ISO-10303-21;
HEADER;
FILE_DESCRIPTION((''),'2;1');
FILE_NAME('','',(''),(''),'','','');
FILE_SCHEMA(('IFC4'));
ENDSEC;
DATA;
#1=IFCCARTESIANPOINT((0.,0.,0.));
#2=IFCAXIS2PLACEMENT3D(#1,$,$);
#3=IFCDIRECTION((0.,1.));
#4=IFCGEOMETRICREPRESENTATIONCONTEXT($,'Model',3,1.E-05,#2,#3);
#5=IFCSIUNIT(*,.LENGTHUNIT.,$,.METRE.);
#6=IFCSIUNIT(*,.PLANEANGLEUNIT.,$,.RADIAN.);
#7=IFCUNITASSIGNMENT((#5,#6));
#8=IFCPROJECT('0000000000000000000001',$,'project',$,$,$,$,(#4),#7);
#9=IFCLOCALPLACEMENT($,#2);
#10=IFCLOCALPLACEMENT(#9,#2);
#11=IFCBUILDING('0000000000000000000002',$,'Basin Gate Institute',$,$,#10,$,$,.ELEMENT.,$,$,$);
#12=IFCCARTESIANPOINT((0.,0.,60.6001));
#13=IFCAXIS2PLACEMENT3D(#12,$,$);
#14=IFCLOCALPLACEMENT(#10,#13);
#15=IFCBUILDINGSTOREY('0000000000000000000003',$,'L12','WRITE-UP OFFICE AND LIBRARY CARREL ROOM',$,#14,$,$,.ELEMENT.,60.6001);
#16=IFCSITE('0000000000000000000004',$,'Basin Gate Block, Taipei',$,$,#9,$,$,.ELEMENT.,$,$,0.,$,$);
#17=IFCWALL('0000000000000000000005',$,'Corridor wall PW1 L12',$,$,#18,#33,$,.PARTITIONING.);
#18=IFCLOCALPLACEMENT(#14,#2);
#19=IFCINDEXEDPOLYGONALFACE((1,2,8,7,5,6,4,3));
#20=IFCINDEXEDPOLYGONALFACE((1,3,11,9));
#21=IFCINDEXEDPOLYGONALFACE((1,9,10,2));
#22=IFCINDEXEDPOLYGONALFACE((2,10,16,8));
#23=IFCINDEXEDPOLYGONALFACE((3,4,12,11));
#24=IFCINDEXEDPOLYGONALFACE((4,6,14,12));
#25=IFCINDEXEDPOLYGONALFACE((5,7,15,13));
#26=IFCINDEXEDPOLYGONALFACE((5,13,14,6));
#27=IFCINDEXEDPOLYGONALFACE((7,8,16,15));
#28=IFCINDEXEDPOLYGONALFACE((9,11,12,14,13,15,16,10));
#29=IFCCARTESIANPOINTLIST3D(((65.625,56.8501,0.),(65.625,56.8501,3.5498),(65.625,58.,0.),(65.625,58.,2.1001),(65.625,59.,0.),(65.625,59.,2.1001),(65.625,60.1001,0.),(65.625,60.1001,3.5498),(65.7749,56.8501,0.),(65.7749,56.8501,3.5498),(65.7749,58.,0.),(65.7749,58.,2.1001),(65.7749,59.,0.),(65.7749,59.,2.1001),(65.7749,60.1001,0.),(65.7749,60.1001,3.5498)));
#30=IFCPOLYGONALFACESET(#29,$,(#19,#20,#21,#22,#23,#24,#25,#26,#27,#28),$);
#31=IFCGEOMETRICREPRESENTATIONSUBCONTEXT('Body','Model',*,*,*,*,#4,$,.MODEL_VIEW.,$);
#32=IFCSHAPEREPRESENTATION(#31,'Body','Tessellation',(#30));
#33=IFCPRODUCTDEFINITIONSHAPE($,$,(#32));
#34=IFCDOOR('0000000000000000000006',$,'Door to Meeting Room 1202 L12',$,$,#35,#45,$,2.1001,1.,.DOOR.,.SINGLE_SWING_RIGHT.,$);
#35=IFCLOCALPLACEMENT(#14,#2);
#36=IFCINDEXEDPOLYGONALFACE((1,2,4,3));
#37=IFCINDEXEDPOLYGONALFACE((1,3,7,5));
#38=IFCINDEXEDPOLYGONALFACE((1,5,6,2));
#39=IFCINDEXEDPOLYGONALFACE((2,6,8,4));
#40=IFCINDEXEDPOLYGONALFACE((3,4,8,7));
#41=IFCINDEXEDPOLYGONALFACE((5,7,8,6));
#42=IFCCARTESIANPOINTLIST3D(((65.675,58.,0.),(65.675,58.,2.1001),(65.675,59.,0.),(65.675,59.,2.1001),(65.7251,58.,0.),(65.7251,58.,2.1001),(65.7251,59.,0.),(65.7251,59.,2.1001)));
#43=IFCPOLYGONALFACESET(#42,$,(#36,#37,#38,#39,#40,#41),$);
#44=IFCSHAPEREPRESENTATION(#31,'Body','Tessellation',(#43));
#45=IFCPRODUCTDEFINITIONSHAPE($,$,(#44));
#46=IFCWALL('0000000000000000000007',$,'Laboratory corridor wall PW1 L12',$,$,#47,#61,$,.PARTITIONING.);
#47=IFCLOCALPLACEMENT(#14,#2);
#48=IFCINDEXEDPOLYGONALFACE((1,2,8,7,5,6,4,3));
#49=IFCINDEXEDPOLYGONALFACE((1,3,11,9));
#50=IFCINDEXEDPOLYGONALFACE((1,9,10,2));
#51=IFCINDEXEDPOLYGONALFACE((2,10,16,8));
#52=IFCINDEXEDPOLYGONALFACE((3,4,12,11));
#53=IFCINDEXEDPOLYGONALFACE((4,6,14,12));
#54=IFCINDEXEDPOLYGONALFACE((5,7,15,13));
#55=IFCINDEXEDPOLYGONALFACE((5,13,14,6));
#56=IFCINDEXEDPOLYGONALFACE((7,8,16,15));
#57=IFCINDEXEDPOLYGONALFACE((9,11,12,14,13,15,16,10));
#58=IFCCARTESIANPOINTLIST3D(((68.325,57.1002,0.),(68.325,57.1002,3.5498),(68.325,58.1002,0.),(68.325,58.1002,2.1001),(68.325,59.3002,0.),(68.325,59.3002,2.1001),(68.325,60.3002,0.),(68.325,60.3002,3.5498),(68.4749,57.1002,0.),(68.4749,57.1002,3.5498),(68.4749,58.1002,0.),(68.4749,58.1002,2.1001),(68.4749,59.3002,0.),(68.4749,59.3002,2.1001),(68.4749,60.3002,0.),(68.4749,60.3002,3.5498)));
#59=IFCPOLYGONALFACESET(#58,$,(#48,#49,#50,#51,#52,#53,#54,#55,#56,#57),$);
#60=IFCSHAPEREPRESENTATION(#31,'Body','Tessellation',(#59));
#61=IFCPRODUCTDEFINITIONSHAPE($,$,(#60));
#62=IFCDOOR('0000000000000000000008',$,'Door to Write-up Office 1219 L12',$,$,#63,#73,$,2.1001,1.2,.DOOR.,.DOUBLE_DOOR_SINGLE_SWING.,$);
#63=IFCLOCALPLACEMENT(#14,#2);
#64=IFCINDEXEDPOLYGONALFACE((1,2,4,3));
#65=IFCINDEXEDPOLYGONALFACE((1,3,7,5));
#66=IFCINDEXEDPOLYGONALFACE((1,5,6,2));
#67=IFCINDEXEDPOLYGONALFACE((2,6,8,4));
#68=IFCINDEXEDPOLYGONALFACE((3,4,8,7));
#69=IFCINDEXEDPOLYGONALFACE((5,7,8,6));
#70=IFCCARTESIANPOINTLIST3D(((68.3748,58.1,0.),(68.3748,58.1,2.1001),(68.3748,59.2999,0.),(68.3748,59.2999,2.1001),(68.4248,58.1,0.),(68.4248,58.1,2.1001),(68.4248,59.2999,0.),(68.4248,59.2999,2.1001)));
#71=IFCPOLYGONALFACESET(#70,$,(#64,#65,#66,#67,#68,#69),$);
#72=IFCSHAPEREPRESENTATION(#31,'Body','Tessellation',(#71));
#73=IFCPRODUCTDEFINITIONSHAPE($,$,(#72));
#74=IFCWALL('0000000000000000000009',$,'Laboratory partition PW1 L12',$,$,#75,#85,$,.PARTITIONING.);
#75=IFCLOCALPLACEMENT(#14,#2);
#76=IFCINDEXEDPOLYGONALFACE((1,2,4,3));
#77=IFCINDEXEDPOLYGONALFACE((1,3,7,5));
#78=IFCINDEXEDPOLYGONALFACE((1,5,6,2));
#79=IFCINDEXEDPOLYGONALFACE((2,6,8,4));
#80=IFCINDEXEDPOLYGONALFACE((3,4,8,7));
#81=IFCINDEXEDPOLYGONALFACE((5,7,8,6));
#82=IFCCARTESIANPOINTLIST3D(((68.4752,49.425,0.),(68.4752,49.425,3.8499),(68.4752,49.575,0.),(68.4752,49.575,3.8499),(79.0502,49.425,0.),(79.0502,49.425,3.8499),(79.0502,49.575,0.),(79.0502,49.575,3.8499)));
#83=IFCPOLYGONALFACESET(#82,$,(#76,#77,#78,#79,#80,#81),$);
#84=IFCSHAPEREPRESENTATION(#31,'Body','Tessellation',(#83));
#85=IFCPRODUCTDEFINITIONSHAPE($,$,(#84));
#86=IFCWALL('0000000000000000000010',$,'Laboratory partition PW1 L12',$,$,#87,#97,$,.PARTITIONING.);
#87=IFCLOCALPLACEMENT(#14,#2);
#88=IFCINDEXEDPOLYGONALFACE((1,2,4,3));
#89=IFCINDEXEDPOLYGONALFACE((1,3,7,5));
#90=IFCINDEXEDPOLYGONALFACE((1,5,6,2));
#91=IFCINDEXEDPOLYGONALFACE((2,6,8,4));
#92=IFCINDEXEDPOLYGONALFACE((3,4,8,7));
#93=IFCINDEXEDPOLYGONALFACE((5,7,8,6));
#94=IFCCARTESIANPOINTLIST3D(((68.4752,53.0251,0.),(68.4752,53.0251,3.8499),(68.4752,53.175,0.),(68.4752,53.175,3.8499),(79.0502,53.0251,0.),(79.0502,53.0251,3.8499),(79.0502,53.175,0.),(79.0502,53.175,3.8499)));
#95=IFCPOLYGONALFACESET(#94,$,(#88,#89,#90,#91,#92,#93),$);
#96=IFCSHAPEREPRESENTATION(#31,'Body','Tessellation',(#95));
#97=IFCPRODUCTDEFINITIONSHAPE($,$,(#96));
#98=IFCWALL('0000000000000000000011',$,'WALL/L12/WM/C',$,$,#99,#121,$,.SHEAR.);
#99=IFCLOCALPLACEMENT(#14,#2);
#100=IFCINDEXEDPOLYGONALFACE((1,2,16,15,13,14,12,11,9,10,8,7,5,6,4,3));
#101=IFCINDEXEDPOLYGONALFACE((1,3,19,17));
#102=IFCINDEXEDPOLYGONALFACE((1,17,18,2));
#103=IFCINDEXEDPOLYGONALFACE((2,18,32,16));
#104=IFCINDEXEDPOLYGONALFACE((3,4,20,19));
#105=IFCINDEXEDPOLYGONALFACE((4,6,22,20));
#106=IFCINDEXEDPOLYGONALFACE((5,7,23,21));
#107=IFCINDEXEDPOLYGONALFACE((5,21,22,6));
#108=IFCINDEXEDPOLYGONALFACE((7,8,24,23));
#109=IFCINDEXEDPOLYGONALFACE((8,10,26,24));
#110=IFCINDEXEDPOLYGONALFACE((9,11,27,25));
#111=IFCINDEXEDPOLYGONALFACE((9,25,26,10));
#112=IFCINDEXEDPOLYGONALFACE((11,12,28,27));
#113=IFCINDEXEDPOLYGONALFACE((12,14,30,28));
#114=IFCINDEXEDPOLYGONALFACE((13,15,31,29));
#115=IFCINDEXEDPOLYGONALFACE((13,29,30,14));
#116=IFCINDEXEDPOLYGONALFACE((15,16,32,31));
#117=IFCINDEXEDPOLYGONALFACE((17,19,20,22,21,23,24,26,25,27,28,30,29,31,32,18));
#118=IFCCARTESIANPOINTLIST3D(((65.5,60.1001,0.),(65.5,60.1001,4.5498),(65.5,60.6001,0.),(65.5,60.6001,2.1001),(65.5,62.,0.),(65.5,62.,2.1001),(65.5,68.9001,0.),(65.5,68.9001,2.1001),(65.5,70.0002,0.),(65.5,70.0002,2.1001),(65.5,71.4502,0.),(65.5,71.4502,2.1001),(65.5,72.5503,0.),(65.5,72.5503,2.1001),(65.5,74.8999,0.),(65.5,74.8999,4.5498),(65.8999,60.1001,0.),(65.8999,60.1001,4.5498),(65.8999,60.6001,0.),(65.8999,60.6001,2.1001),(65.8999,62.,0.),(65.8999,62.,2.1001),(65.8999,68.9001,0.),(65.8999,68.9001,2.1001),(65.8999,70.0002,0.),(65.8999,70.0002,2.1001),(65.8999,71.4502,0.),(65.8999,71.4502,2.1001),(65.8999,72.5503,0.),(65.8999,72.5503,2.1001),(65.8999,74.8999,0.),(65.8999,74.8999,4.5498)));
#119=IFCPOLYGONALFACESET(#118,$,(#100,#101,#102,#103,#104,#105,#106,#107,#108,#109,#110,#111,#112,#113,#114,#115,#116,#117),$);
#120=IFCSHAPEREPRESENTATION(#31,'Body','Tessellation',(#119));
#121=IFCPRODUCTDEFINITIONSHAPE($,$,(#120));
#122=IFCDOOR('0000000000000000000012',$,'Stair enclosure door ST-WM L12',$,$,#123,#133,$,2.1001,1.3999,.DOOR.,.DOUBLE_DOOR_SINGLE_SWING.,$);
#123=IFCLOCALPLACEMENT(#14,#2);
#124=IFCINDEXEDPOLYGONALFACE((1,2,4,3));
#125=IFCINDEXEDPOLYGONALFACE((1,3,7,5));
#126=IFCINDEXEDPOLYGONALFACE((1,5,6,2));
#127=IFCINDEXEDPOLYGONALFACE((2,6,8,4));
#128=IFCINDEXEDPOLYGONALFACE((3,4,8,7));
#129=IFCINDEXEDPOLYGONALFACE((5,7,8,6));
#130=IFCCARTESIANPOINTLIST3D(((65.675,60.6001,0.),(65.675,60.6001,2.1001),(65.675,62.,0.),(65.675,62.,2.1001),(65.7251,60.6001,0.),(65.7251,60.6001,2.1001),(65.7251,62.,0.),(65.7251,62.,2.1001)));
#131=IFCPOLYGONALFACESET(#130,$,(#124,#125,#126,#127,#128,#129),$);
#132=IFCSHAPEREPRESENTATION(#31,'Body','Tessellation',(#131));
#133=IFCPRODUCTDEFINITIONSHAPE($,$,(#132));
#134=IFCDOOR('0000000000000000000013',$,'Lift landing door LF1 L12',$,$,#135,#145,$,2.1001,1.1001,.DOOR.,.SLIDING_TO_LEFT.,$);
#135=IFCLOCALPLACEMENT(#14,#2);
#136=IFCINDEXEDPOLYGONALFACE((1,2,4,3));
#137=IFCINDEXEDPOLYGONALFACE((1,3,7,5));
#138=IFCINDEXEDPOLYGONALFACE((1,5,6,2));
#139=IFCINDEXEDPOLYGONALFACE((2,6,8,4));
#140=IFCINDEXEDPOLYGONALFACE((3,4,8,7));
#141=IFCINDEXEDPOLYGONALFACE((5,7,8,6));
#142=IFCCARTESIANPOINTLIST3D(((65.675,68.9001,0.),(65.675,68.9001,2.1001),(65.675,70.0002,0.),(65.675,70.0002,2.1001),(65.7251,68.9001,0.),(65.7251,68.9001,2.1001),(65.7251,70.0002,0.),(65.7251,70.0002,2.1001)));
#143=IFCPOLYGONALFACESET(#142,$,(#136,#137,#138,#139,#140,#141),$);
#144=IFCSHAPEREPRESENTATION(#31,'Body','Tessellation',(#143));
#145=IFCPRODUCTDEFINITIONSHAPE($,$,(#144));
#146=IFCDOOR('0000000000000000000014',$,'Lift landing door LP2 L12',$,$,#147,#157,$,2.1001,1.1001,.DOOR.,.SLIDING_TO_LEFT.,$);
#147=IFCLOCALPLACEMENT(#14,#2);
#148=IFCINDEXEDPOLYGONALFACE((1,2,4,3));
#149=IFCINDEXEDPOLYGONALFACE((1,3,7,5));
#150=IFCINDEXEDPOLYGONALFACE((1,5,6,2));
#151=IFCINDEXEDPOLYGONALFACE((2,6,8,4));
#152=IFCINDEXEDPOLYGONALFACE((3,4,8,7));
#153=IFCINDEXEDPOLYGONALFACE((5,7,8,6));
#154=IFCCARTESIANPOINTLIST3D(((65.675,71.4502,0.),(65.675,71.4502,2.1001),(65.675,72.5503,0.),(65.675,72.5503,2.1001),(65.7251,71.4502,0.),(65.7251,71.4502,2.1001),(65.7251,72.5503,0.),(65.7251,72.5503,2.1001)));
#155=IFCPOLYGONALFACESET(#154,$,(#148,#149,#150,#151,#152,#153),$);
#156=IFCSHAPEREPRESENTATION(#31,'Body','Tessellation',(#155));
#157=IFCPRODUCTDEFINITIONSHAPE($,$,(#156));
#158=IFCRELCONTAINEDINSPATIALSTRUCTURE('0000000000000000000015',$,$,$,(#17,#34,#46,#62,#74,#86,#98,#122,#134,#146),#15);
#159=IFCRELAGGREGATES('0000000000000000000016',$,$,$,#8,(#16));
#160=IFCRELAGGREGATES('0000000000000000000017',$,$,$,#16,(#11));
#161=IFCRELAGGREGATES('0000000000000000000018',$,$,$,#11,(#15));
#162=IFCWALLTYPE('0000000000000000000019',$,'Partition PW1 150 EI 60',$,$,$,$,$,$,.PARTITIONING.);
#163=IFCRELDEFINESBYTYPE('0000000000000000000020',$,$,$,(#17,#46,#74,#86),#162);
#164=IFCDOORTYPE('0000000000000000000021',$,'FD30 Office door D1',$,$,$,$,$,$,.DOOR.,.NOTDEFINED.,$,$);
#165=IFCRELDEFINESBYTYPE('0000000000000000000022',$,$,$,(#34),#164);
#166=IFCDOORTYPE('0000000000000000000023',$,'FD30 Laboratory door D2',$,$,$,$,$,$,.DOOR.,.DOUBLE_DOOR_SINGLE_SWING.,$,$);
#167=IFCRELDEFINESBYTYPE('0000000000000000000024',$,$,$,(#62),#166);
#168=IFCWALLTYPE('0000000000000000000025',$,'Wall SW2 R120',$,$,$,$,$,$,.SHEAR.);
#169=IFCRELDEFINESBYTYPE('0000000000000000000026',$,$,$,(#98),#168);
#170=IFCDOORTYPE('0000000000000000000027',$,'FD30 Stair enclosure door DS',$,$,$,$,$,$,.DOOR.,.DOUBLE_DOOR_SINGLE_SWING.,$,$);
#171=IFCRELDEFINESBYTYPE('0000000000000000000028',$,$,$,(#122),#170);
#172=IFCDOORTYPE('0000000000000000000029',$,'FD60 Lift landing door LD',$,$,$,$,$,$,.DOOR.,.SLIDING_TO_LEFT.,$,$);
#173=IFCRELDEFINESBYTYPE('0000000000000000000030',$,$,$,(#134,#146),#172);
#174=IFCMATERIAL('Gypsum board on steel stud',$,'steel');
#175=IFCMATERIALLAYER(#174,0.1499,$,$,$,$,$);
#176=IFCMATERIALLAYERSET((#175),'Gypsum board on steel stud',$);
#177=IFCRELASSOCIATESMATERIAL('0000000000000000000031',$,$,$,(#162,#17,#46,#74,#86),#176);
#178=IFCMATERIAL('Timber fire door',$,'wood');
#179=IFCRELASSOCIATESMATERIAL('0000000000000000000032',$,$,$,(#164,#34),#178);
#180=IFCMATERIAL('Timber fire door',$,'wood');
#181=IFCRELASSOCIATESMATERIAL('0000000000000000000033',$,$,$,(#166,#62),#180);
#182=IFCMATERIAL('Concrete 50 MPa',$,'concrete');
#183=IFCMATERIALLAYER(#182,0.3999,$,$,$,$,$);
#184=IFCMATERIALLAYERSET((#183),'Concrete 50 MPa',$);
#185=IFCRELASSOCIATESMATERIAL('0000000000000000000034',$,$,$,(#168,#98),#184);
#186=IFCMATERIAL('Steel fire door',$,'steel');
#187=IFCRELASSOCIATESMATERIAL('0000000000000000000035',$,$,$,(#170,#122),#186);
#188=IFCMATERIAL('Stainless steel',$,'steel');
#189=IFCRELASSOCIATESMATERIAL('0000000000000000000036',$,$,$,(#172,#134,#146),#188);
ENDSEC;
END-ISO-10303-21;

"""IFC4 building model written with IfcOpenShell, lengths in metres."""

from ifc_helpers import new_model, si_unit, direction, frame, frame_2d, origin, place, context, subcontext, project, spatial, rectangle, extrude, material, layer, layer_set, type_object, element, fill, save


model = new_model("IFC4")

# Units and contexts
model_context = context("Model", 3, precision=1e-05, world=origin(), true_north=direction((0.0, 1.0)))
body_context = subcontext(model_context, "Body", "Model", "MODEL_VIEW")
ifc_project = project(units=[si_unit("LENGTHUNIT", "METRE"), si_unit("PLANEANGLEUNIT", "RADIAN")], contexts=[model_context])

# Site, building, storey
site_placement = place(None, origin())
site = spatial("IfcSite", under=ifc_project, at=site_placement, Name="Basin Gate Block, Taipei", CompositionType="ELEMENT", RefElevation=0.0)
building_placement = place(site_placement, origin())
building = spatial("IfcBuilding", under=site, at=building_placement, Name="Basin Gate Institute", CompositionType="ELEMENT")
storey_placement = place(building_placement, frame((0.0, 0.0, 60.6001)))
storey = spatial("IfcBuildingStorey", under=building, at=storey_placement, Name="L12", Description="WRITE-UP OFFICE AND LIBRARY CARREL ROOM", CompositionType="ELEMENT", Elevation=60.6001)

# Walls, openings, doors
ifc_material_1 = material(Name="Gypsum board on steel stud", Category="steel")
ifc_layer_1 = layer(ifc_material_1, 0.1499)
ifc_layer_set_1 = layer_set([ifc_layer_1], Name="Gypsum board on steel stud")
wall_type_1 = type_object("IfcWallType", Name="Partition PW1 150 EI 60", PredefinedType="PARTITIONING", material=ifc_layer_set_1)
wall_1_placement = place(storey_placement, frame((65.7, 56.8501, 0.0), z_axis=(0.0, 0.0, 1.0), x_axis=(0.0, 1.0, 0.0)))
wall_1 = element("IfcWall", 1, at=wall_1_placement, inside=storey, type_object=wall_type_1, material=ifc_layer_set_1, Name="Corridor wall PW1 L12", PredefinedType="PARTITIONING", context=body_context, shape_type="SweptSolid", body=[
    extrude(rectangle(XDim=3.25, YDim=0.1499, at=frame_2d((1.625, 0.0))), origin(), (0.0, 0.0, 1.0), 3.5498),
])
opening_1_placement = place(wall_1_placement, frame((1.1499, 0.0, 0.0)))
opening_1 = element("IfcOpeningElement", 2, at=opening_1_placement, cuts=wall_1, PredefinedType="OPENING", context=body_context, shape_type="SweptSolid", body=[
    extrude(rectangle(XDim=1.0, YDim=2.1001, at=frame_2d((0.5, 1.05))), frame((0.0, 0.085, 0.0), z_axis=(0.0, -1.0, 0.0), x_axis=(1.0, 0.0, 0.0)), (0.0, 0.0, 1.0), 0.1699),
])
ifc_material_2 = material(Name="Timber fire door", Category="wood")
door_type_1 = type_object("IfcDoorType", Name="FD30 Office door D1", OperationType="NOTDEFINED", PredefinedType="DOOR", material=ifc_material_2)
door_1_placement = place(opening_1_placement, origin())
door_1 = element("IfcDoor", 3, at=door_1_placement, inside=storey, type_object=door_type_1, material=ifc_material_2, Name="Door to Meeting Room 1202 L12", OperationType="SINGLE_SWING_RIGHT", OverallHeight=2.1001, OverallWidth=1.0, PredefinedType="DOOR", context=body_context, shape_type="SweptSolid", body=[
    extrude(rectangle(XDim=1.0, YDim=2.1001, at=frame_2d((0.5, 1.05))), frame((0.0, 0.0249, 0.0), z_axis=(0.0, -1.0, 0.0), x_axis=(1.0, 0.0, 0.0)), (0.0, 0.0, 1.0), 0.05),
])
fill(opening_1, door_1)
wall_2_placement = place(storey_placement, frame((68.3999, 57.1001, 0.0), z_axis=(0.0, 0.0, 1.0), x_axis=(0.0, 1.0, 0.0)))
wall_2 = element("IfcWall", 4, at=wall_2_placement, inside=storey, type_object=wall_type_1, material=ifc_layer_set_1, Name="Laboratory corridor wall PW1 L12", PredefinedType="PARTITIONING", context=body_context, shape_type="SweptSolid", body=[
    extrude(rectangle(XDim=3.2, YDim=0.1499, at=frame_2d((1.6001, 0.0))), origin(), (0.0, 0.0, 1.0), 3.5498),
])
opening_2_placement = place(wall_2_placement, frame((1.0, 0.0, 0.0)))
opening_2 = element("IfcOpeningElement", 5, at=opening_2_placement, cuts=wall_2, PredefinedType="OPENING", context=body_context, shape_type="SweptSolid", body=[
    extrude(rectangle(XDim=1.2, YDim=2.1001, at=frame_2d((0.6001, 1.05))), frame((0.0, 0.085, 0.0), z_axis=(0.0, -1.0, 0.0), x_axis=(1.0, 0.0, 0.0)), (0.0, 0.0, 1.0), 0.1699),
])
ifc_material_3 = material(Name="Timber fire door", Category="wood")
door_type_2 = type_object("IfcDoorType", Name="FD30 Laboratory door D2", OperationType="DOUBLE_DOOR_SINGLE_SWING", PredefinedType="DOOR", material=ifc_material_3)
door_2_placement = place(opening_2_placement, frame((1.2, 0.0, 0.0), z_axis=(0.0, 0.0, 1.0), x_axis=(-1.0, 0.0, 0.0)))
door_2 = element("IfcDoor", 6, at=door_2_placement, inside=storey, type_object=door_type_2, material=ifc_material_3, Name="Door to Write-up Office 1219 L12", OperationType="DOUBLE_DOOR_SINGLE_SWING", OverallHeight=2.1001, OverallWidth=1.2, PredefinedType="DOOR", context=body_context, shape_type="SweptSolid", body=[
    extrude(rectangle(XDim=1.2, YDim=2.1001, at=frame_2d((0.6001, 1.05))), frame((0.0, 0.0249, 0.0), z_axis=(0.0, -1.0, 0.0), x_axis=(1.0, 0.0, 0.0)), (0.0, 0.0, 1.0), 0.05),
])
fill(opening_2, door_2)

# Walls
for number, where, z_axis, x_axis, name in (
    (7, (68.4751, 49.5, 0.0), (0.0, 0.0, 1.0), (1.0, 0.0, 0.0), "Laboratory partition PW1 L12"),
    (8, (68.4751, 53.1001, 0.0), (0.0, 0.0, 1.0), (1.0, 0.0, 0.0), "Laboratory partition PW1 L12"),
):
    element("IfcWall", number, at=place(storey_placement, frame(where, z_axis=z_axis, x_axis=x_axis)), inside=storey, type_object=wall_type_1, material=ifc_layer_set_1, Name=name, PredefinedType="PARTITIONING", context=body_context, shape_type="SweptSolid", body=[
        extrude(rectangle(XDim=10.575, YDim=0.1499, at=frame_2d((5.2876, 0.0))), origin(), (0.0, 0.0, 1.0), 3.8499),
    ])

# Wall, openings, doors
ifc_material_4 = material(Name="Concrete 50 MPa", Category="concrete")
ifc_layer_2 = layer(ifc_material_4, 0.3999)
ifc_layer_set_2 = layer_set([ifc_layer_2], Name="Concrete 50 MPa")
wall_type_2 = type_object("IfcWallType", Name="Wall SW2 R120", PredefinedType="SHEAR", material=ifc_layer_set_2)
wall_3_placement = place(storey_placement, frame((65.7, 60.1001, 0.0), z_axis=(0.0, 0.0, 1.0), x_axis=(0.0, 1.0, 0.0)))
wall_3 = element("IfcWall", 9, at=wall_3_placement, inside=storey, type_object=wall_type_2, material=ifc_layer_set_2, Name="WALL/L12/WM/C", PredefinedType="SHEAR", context=body_context, shape_type="SweptSolid", body=[
    extrude(rectangle(XDim=14.7998, YDim=0.3999, at=frame_2d((7.3999, 0.0))), origin(), (0.0, 0.0, 1.0), 4.5498),
])
opening_3_placement = place(wall_3_placement, frame((0.5, 0.0, 0.0)))
opening_3 = element("IfcOpeningElement", 10, at=opening_3_placement, cuts=wall_3, PredefinedType="OPENING", context=body_context, shape_type="SweptSolid", body=[
    extrude(rectangle(XDim=1.3999, YDim=2.1001, at=frame_2d((0.7, 1.05))), frame((0.0, 0.21, 0.0), z_axis=(0.0, -1.0, 0.0), x_axis=(1.0, 0.0, 0.0)), (0.0, 0.0, 1.0), 0.4199),
])
opening_4_placement = place(wall_3_placement, frame((8.8, 0.0, 0.0)))
opening_4 = element("IfcOpeningElement", 11, at=opening_4_placement, cuts=wall_3, PredefinedType="OPENING", context=body_context, shape_type="SweptSolid", body=[
    extrude(rectangle(XDim=1.1001, YDim=2.1001, at=frame_2d((0.55, 1.05))), frame((0.0, 0.21, 0.0), z_axis=(0.0, -1.0, 0.0), x_axis=(1.0, 0.0, 0.0)), (0.0, 0.0, 1.0), 0.4199),
])
opening_5_placement = place(wall_3_placement, frame((11.3501, 0.0, 0.0)))
opening_5 = element("IfcOpeningElement", 12, at=opening_5_placement, cuts=wall_3, PredefinedType="OPENING", context=body_context, shape_type="SweptSolid", body=[
    extrude(rectangle(XDim=1.1001, YDim=2.1001, at=frame_2d((0.55, 1.05))), frame((0.0, 0.21, 0.0), z_axis=(0.0, -1.0, 0.0), x_axis=(1.0, 0.0, 0.0)), (0.0, 0.0, 1.0), 0.4199),
])
ifc_material_5 = material(Name="Steel fire door", Category="steel")
door_type_3 = type_object("IfcDoorType", Name="FD30 Stair enclosure door DS", OperationType="DOUBLE_DOOR_SINGLE_SWING", PredefinedType="DOOR", material=ifc_material_5)
door_3_placement = place(opening_3_placement, origin())
door_3 = element("IfcDoor", 13, at=door_3_placement, inside=storey, type_object=door_type_3, material=ifc_material_5, Name="Stair enclosure door ST-WM L12", OperationType="DOUBLE_DOOR_SINGLE_SWING", OverallHeight=2.1001, OverallWidth=1.3999, PredefinedType="DOOR", context=body_context, shape_type="SweptSolid", body=[
    extrude(rectangle(XDim=1.3999, YDim=2.1001, at=frame_2d((0.7, 1.05))), frame((0.0, 0.0249, 0.0), z_axis=(0.0, -1.0, 0.0), x_axis=(1.0, 0.0, 0.0)), (0.0, 0.0, 1.0), 0.05),
])
fill(opening_3, door_3)
ifc_material_6 = material(Name="Stainless steel", Category="steel")
door_type_4 = type_object("IfcDoorType", Name="FD60 Lift landing door LD", OperationType="SLIDING_TO_LEFT", PredefinedType="DOOR", material=ifc_material_6)
door_4_placement = place(opening_4_placement, origin())
door_4 = element("IfcDoor", 14, at=door_4_placement, inside=storey, type_object=door_type_4, material=ifc_material_6, Name="Lift landing door LF1 L12", OperationType="SLIDING_TO_LEFT", OverallHeight=2.1001, OverallWidth=1.1001, PredefinedType="DOOR", context=body_context, shape_type="SweptSolid", body=[
    extrude(rectangle(XDim=1.1001, YDim=2.1001, at=frame_2d((0.55, 1.05))), frame((0.0, 0.0249, 0.0), z_axis=(0.0, -1.0, 0.0), x_axis=(1.0, 0.0, 0.0)), (0.0, 0.0, 1.0), 0.05),
])
fill(opening_4, door_4)
door_5_placement = place(opening_5_placement, origin())
door_5 = element("IfcDoor", 15, at=door_5_placement, inside=storey, type_object=door_type_4, material=ifc_material_6, Name="Lift landing door LP2 L12", OperationType="SLIDING_TO_LEFT", OverallHeight=2.1001, OverallWidth=1.1001, PredefinedType="DOOR", context=body_context, shape_type="SweptSolid", body=[
    extrude(rectangle(XDim=1.1001, YDim=2.1001, at=frame_2d((0.55, 1.05))), frame((0.0, 0.0249, 0.0), z_axis=(0.0, -1.0, 0.0), x_axis=(1.0, 0.0, 0.0)), (0.0, 0.0, 1.0), 0.05),
])
fill(opening_5, door_5)

save(model, "model.ifc")
